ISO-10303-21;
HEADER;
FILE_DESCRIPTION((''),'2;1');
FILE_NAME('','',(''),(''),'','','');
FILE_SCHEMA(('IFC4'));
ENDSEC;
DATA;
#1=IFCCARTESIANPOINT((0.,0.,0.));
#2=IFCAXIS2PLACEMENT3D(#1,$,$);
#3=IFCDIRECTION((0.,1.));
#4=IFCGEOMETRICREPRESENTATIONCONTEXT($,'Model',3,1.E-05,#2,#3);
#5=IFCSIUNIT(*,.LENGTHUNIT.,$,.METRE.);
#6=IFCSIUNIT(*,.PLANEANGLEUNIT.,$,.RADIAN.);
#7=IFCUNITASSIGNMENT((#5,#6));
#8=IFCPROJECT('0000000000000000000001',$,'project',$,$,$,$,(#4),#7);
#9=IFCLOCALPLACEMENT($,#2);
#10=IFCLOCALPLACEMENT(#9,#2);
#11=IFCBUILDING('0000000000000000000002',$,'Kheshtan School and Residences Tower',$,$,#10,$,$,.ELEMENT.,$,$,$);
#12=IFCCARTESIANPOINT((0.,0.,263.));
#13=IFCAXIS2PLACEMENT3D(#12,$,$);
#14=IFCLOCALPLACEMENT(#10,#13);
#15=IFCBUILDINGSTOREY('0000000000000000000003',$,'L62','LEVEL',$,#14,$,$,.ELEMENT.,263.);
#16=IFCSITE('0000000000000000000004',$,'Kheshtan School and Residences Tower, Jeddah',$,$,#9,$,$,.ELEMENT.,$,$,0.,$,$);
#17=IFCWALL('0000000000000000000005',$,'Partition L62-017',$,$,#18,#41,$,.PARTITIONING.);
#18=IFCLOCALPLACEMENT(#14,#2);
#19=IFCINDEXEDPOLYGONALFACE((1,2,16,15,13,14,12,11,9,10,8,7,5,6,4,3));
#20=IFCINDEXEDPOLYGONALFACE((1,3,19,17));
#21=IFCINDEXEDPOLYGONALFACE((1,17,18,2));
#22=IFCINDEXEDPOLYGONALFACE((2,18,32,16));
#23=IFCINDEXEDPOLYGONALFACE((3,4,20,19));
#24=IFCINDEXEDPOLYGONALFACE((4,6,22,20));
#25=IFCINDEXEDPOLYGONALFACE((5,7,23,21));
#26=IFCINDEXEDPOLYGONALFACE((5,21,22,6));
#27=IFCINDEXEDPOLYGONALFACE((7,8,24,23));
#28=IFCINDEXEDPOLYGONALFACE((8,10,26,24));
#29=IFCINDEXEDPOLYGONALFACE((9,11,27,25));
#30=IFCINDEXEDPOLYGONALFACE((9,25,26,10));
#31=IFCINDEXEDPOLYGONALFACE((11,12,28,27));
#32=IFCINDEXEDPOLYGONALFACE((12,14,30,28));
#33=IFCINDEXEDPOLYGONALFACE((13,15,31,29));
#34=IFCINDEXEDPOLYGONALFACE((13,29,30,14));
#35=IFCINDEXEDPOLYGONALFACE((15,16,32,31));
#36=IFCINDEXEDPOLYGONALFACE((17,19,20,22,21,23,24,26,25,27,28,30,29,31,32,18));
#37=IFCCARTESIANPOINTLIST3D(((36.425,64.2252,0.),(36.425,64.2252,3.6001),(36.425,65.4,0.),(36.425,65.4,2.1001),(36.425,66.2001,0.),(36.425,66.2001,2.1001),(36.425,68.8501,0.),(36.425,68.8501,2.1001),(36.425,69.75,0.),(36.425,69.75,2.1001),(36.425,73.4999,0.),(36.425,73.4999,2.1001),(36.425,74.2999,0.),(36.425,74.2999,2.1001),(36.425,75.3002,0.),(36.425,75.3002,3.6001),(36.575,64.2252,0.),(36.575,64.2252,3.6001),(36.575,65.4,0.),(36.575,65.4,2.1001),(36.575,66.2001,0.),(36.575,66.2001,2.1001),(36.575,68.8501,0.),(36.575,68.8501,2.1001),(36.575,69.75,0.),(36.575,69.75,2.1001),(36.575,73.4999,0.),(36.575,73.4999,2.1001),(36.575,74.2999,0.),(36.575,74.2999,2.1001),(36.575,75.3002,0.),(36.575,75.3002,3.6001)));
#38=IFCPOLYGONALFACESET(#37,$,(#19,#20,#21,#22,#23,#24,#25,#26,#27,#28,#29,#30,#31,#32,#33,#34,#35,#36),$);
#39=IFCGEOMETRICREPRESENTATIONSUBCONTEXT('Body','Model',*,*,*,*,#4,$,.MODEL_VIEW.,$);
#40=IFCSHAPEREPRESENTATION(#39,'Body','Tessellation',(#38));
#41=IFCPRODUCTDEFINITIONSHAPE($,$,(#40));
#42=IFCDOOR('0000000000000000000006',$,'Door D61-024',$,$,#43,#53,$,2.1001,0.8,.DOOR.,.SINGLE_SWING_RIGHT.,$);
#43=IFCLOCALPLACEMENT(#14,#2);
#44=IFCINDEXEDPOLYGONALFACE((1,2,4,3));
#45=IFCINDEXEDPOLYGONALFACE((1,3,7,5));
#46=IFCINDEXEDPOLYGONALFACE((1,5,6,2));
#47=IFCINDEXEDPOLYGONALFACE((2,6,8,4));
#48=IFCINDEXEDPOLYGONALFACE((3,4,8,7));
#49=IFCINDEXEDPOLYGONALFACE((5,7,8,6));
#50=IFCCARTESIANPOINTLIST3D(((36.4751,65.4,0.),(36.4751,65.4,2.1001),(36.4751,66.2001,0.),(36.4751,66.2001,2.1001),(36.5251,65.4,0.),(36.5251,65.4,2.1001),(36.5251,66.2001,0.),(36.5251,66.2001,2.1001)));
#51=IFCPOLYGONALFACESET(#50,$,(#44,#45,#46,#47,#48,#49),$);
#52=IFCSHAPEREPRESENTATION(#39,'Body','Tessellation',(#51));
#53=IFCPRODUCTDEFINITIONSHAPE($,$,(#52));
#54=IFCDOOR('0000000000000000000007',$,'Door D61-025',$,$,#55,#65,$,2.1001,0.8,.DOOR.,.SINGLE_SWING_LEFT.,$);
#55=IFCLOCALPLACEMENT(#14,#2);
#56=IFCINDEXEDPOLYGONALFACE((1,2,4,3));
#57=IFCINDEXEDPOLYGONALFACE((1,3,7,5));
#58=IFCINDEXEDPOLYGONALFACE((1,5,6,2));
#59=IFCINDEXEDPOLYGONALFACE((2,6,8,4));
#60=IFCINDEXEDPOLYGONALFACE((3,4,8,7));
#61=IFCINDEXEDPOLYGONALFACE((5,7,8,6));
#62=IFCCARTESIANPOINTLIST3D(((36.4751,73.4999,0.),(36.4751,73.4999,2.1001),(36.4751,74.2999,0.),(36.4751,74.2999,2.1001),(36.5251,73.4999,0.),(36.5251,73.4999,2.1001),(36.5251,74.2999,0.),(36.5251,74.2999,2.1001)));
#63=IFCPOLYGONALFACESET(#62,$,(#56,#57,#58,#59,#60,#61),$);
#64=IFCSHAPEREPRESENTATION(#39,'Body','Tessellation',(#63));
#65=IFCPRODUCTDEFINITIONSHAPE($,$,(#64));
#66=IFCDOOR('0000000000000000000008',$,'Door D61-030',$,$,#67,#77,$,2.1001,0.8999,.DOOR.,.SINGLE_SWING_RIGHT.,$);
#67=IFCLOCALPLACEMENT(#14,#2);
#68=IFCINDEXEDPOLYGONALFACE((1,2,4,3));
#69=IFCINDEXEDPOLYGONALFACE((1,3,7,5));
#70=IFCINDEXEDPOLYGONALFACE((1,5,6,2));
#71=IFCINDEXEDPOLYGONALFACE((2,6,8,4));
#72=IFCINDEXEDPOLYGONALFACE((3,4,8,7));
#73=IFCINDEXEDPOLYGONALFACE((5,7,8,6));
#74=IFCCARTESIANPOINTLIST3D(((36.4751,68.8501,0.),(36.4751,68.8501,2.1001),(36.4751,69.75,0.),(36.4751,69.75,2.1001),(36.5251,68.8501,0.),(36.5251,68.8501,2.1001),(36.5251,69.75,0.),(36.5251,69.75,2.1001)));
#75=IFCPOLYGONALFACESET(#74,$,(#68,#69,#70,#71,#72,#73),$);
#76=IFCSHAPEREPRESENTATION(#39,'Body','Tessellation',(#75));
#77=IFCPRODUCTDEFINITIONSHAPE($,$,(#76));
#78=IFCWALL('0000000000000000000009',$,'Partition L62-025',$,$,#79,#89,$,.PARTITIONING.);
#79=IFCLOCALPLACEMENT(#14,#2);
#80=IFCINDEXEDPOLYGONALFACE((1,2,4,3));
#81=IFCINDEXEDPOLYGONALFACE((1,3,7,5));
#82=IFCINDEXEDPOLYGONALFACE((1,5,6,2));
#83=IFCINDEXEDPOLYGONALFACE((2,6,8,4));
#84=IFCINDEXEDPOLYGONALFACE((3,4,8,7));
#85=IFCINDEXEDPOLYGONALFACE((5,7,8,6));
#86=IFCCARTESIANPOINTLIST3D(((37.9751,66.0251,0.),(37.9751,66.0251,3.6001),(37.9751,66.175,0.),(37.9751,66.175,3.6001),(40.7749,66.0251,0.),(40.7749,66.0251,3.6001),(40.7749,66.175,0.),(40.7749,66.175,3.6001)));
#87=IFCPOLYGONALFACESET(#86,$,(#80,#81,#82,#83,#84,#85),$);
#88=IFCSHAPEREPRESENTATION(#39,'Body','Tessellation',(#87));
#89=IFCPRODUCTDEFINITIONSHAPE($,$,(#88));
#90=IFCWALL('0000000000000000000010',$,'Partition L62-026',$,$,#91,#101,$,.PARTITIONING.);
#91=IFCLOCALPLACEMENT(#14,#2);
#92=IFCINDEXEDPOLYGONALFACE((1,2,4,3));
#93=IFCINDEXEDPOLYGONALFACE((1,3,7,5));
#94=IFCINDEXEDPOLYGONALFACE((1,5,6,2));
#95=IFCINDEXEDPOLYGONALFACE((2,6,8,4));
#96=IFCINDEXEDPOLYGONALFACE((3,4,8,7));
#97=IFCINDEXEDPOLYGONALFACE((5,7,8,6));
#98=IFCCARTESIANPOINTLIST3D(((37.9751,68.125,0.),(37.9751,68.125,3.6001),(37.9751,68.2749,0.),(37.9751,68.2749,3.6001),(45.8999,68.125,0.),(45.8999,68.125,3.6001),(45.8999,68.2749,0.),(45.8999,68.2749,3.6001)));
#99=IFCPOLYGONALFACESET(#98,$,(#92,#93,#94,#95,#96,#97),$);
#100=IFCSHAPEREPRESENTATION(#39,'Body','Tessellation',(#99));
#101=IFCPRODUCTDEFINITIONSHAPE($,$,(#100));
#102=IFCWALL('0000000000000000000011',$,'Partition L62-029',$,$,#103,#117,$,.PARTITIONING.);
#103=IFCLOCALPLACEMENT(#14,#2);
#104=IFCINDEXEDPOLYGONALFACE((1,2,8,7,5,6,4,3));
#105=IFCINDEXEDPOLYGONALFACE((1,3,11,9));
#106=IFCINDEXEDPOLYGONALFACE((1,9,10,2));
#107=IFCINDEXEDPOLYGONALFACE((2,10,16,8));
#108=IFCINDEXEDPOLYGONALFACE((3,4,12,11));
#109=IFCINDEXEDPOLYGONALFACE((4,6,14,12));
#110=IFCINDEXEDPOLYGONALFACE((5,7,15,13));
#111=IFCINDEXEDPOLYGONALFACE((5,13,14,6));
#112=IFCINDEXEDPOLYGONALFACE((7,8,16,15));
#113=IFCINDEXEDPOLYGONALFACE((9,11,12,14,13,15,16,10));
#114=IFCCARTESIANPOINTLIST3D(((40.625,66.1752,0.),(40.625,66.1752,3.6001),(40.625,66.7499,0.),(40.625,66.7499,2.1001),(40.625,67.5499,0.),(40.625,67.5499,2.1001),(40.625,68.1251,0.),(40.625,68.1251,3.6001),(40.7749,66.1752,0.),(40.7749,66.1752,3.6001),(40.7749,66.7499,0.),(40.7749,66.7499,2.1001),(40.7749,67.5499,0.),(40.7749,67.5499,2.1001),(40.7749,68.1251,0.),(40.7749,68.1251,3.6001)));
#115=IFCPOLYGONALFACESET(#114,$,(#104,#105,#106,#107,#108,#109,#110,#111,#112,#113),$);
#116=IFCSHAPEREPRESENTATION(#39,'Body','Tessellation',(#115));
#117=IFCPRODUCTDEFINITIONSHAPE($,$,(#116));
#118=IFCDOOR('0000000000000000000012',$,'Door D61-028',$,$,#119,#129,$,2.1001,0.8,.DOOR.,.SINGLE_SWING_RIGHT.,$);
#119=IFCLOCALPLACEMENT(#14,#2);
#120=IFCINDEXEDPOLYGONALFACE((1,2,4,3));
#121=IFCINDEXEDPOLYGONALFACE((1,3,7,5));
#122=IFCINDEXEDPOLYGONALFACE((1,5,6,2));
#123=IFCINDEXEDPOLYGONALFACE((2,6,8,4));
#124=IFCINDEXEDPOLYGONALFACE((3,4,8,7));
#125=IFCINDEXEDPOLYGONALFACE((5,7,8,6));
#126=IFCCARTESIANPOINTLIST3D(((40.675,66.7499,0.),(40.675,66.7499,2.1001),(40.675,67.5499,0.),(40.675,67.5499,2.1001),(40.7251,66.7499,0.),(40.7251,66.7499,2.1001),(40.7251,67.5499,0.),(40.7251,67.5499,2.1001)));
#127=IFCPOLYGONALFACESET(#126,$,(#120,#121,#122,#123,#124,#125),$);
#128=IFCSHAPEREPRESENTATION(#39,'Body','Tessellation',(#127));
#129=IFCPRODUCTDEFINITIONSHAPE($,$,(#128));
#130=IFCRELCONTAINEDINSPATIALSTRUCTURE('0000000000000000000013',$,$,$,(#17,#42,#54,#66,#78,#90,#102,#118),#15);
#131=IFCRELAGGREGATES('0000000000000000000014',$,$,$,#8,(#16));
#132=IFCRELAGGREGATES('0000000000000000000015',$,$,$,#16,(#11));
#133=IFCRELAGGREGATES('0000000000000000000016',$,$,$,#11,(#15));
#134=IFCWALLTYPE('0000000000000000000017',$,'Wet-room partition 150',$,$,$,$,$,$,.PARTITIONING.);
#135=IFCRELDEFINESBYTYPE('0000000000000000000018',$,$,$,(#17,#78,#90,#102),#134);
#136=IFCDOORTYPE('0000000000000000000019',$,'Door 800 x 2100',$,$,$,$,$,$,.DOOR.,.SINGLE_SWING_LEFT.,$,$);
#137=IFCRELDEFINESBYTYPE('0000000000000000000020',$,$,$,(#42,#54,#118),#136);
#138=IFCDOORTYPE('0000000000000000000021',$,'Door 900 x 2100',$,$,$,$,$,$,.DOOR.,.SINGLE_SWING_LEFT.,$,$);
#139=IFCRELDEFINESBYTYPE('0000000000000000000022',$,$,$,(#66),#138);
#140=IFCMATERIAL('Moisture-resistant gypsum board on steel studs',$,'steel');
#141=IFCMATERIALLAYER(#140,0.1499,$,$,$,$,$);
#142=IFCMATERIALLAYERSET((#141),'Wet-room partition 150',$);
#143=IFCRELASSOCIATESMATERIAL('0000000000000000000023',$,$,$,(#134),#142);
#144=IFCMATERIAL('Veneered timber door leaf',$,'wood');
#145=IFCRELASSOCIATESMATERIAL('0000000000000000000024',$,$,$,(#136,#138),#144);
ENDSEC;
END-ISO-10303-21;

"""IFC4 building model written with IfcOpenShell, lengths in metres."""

from ifc_helpers import new_model, si_unit, direction, frame, frame_2d, origin, place, context, subcontext, project, spatial, rectangle, extrude, source, transform, mapped, material, layer, layer_set, type_object, element, fill, save


model = new_model("IFC4")

# Units and contexts
model_context = context("Model", 3, precision=1e-05, world=origin(), true_north=direction((0.0, 1.0)))
body_context = subcontext(model_context, "Body", "Model", "MODEL_VIEW")
ifc_project = project(units=[si_unit("LENGTHUNIT", "METRE"), si_unit("PLANEANGLEUNIT", "RADIAN")], contexts=[model_context])

# Site, building, storey
site_placement = place(None, origin())
site = spatial("IfcSite", under=ifc_project, at=site_placement, Name="Kheshtan School and Residences Tower, Jeddah", CompositionType="ELEMENT", RefElevation=0.0)
building_placement = place(site_placement, origin())
building = spatial("IfcBuilding", under=site, at=building_placement, Name="Kheshtan School and Residences Tower", CompositionType="ELEMENT")
storey_placement = place(building_placement, frame((0.0, 0.0, 263.0)))
storey = spatial("IfcBuildingStorey", under=building, at=storey_placement, Name="L62", Description="LEVEL", CompositionType="ELEMENT", Elevation=263.0)

# Shared definitions
ifc_material_1 = material(Name="Moisture-resistant gypsum board on steel studs", Category="steel")
ifc_layer_1 = layer(ifc_material_1, 0.1499)
ifc_layer_set_1 = layer_set([ifc_layer_1], Name="Wet-room partition 150")
wall_type_1 = type_object("IfcWallType", Name="Wet-room partition 150", PredefinedType="PARTITIONING", material=ifc_layer_set_1)

# Wall, openings, doors
wall_1_placement = place(storey_placement, frame((36.5, 64.2251, 0.0), z_axis=(0.0, 0.0, 1.0), x_axis=(0.0, 1.0, 0.0)))
wall_1 = element("IfcWall", 1, at=wall_1_placement, inside=storey, type_object=wall_type_1, Name="Partition L62-017", PredefinedType="PARTITIONING", context=body_context, shape_type="SweptSolid", body=[
    extrude(rectangle(XDim=11.075, YDim=0.1499, at=frame_2d((5.5376, 0.0))), origin(), (0.0, 0.0, 1.0), 3.6001),
])
opening_1_placement = place(wall_1_placement, frame((1.175, 0.0, 0.0)))
opening_1 = element("IfcOpeningElement", 2, at=opening_1_placement, cuts=wall_1, PredefinedType="OPENING", context=body_context, shape_type="SweptSolid", body=[
    extrude(rectangle(XDim=0.8, YDim=2.1001, at=frame_2d((0.3999, 1.05))), frame((0.0, 0.085, 0.0), z_axis=(0.0, -1.0, 0.0), x_axis=(1.0, 0.0, 0.0)), (0.0, 0.0, 1.0), 0.1699),
])
opening_2_placement = place(wall_1_placement, frame((9.2749, 0.0, 0.0)))
opening_2 = element("IfcOpeningElement", 3, at=opening_2_placement, cuts=wall_1, PredefinedType="OPENING", context=body_context, shape_type="SweptSolid", body=[
    extrude(rectangle(XDim=0.8, YDim=2.1001, at=frame_2d((0.3999, 1.05))), frame((0.0, 0.085, 0.0), z_axis=(0.0, -1.0, 0.0), x_axis=(1.0, 0.0, 0.0)), (0.0, 0.0, 1.0), 0.1699),
])
opening_3_placement = place(wall_1_placement, frame((4.625, 0.0, 0.0)))
opening_3 = element("IfcOpeningElement", 4, at=opening_3_placement, cuts=wall_1, PredefinedType="OPENING", context=body_context, shape_type="SweptSolid", body=[
    extrude(rectangle(XDim=0.8999, YDim=2.1001, at=frame_2d((0.45, 1.05))), frame((0.0, 0.085, 0.0), z_axis=(0.0, -1.0, 0.0), x_axis=(1.0, 0.0, 0.0)), (0.0, 0.0, 1.0), 0.1699),
])
ifc_material_2 = material(Name="Veneered timber door leaf", Category="wood")
door_type_1 = type_object("IfcDoorType", Name="Door 800 x 2100", OperationType="SINGLE_SWING_LEFT", PredefinedType="DOOR", material=ifc_material_2)
shared_shape_1 = source(origin(), body_context, "Body", "SweptSolid", [
    extrude(rectangle(XDim=0.8, YDim=2.1001, at=frame_2d((0.3999, 1.05))), frame((0.0, 0.0249, 0.0), z_axis=(0.0, -1.0, 0.0), x_axis=(1.0, 0.0, 0.0)), (0.0, 0.0, 1.0), 0.05),
])
door_1_placement = place(opening_1_placement, origin())
door_1 = element("IfcDoor", 5, at=door_1_placement, inside=storey, type_object=door_type_1, Name="Door D61-024", OperationType="SINGLE_SWING_RIGHT", OverallHeight=2.1001, OverallWidth=0.8, PredefinedType="DOOR", context=body_context, shape_type="MappedRepresentation", body=[
    mapped(shared_shape_1, transform((0.0, 0.0, 0.0), x_axis=(1.0, 0.0, 0.0), y_axis=(0.0, 1.0, 0.0), z_axis=(0.0, 0.0, 1.0), scale=1.0)),
])
fill(opening_1, door_1)
door_2_placement = place(opening_2_placement, origin())
door_2 = element("IfcDoor", 6, at=door_2_placement, inside=storey, type_object=door_type_1, Name="Door D61-025", OperationType="SINGLE_SWING_LEFT", OverallHeight=2.1001, OverallWidth=0.8, PredefinedType="DOOR", context=body_context, shape_type="MappedRepresentation", body=[
    mapped(shared_shape_1, transform((0.0, 0.0, 0.0), x_axis=(1.0, 0.0, 0.0), y_axis=(0.0, 1.0, 0.0), z_axis=(0.0, 0.0, 1.0), scale=1.0)),
])
fill(opening_2, door_2)
door_type_2 = type_object("IfcDoorType", Name="Door 900 x 2100", OperationType="SINGLE_SWING_LEFT", PredefinedType="DOOR", material=ifc_material_2)
shared_shape_2 = source(origin(), body_context, "Body", "SweptSolid", [
    extrude(rectangle(XDim=0.8999, YDim=2.1001, at=frame_2d((0.45, 1.05))), frame((0.0, 0.0249, 0.0), z_axis=(0.0, -1.0, 0.0), x_axis=(1.0, 0.0, 0.0)), (0.0, 0.0, 1.0), 0.05),
])
door_3_placement = place(opening_3_placement, origin())
door_3 = element("IfcDoor", 7, at=door_3_placement, inside=storey, type_object=door_type_2, Name="Door D61-030", OperationType="SINGLE_SWING_RIGHT", OverallHeight=2.1001, OverallWidth=0.8999, PredefinedType="DOOR", context=body_context, shape_type="MappedRepresentation", body=[
    mapped(shared_shape_2, transform((0.0, 0.0, 0.0), x_axis=(1.0, 0.0, 0.0), y_axis=(0.0, 1.0, 0.0), z_axis=(0.0, 0.0, 1.0), scale=1.0)),
])
fill(opening_3, door_3)

# Walls
wall_2_placement = place(storey_placement, frame((37.9751, 66.1001, 0.0), z_axis=(0.0, 0.0, 1.0), x_axis=(1.0, 0.0, 0.0)))
element("IfcWall", 8, at=wall_2_placement, inside=storey, type_object=wall_type_1, Name="Partition L62-025", PredefinedType="PARTITIONING", context=body_context, shape_type="SweptSolid", body=[
    extrude(rectangle(XDim=2.7998, YDim=0.1499, at=frame_2d((1.3999, 0.0))), origin(), (0.0, 0.0, 1.0), 3.6001),
])
wall_3_placement = place(storey_placement, frame((37.9751, 68.2, 0.0), z_axis=(0.0, 0.0, 1.0), x_axis=(1.0, 0.0, 0.0)))
element("IfcWall", 9, at=wall_3_placement, inside=storey, type_object=wall_type_1, Name="Partition L62-026", PredefinedType="PARTITIONING", context=body_context, shape_type="SweptSolid", body=[
    extrude(rectangle(XDim=7.9248, YDim=0.1499, at=frame_2d((3.9624, 0.0))), origin(), (0.0, 0.0, 1.0), 3.6001),
])

# Wall, opening, door
wall_4_placement = place(storey_placement, frame((40.7, 66.175, 0.0), z_axis=(0.0, 0.0, 1.0), x_axis=(0.0, 1.0, 0.0)))
wall_4 = element("IfcWall", 10, at=wall_4_placement, inside=storey, type_object=wall_type_1, Name="Partition L62-029", PredefinedType="PARTITIONING", context=body_context, shape_type="SweptSolid", body=[
    extrude(rectangle(XDim=1.95, YDim=0.1499, at=frame_2d((0.9751, 0.0))), origin(), (0.0, 0.0, 1.0), 3.6001),
])
opening_4_placement = place(wall_4_placement, frame((0.575, 0.0, 0.0)))
opening_4 = element("IfcOpeningElement", 11, at=opening_4_placement, cuts=wall_4, PredefinedType="OPENING", context=body_context, shape_type="SweptSolid", body=[
    extrude(rectangle(XDim=0.8, YDim=2.1001, at=frame_2d((0.3999, 1.05))), frame((0.0, 0.085, 0.0), z_axis=(0.0, -1.0, 0.0), x_axis=(1.0, 0.0, 0.0)), (0.0, 0.0, 1.0), 0.1699),
])
door_4_placement = place(opening_4_placement, origin())
door_4 = element("IfcDoor", 12, at=door_4_placement, inside=storey, type_object=door_type_1, Name="Door D61-028", OperationType="SINGLE_SWING_RIGHT", OverallHeight=2.1001, OverallWidth=0.8, PredefinedType="DOOR", context=body_context, shape_type="MappedRepresentation", body=[
    mapped(shared_shape_1, transform((0.0, 0.0, 0.0), x_axis=(1.0, 0.0, 0.0), y_axis=(0.0, 1.0, 0.0), z_axis=(0.0, 0.0, 1.0), scale=1.0)),
])
fill(opening_4, door_4)

save(model, "model.ifc")
